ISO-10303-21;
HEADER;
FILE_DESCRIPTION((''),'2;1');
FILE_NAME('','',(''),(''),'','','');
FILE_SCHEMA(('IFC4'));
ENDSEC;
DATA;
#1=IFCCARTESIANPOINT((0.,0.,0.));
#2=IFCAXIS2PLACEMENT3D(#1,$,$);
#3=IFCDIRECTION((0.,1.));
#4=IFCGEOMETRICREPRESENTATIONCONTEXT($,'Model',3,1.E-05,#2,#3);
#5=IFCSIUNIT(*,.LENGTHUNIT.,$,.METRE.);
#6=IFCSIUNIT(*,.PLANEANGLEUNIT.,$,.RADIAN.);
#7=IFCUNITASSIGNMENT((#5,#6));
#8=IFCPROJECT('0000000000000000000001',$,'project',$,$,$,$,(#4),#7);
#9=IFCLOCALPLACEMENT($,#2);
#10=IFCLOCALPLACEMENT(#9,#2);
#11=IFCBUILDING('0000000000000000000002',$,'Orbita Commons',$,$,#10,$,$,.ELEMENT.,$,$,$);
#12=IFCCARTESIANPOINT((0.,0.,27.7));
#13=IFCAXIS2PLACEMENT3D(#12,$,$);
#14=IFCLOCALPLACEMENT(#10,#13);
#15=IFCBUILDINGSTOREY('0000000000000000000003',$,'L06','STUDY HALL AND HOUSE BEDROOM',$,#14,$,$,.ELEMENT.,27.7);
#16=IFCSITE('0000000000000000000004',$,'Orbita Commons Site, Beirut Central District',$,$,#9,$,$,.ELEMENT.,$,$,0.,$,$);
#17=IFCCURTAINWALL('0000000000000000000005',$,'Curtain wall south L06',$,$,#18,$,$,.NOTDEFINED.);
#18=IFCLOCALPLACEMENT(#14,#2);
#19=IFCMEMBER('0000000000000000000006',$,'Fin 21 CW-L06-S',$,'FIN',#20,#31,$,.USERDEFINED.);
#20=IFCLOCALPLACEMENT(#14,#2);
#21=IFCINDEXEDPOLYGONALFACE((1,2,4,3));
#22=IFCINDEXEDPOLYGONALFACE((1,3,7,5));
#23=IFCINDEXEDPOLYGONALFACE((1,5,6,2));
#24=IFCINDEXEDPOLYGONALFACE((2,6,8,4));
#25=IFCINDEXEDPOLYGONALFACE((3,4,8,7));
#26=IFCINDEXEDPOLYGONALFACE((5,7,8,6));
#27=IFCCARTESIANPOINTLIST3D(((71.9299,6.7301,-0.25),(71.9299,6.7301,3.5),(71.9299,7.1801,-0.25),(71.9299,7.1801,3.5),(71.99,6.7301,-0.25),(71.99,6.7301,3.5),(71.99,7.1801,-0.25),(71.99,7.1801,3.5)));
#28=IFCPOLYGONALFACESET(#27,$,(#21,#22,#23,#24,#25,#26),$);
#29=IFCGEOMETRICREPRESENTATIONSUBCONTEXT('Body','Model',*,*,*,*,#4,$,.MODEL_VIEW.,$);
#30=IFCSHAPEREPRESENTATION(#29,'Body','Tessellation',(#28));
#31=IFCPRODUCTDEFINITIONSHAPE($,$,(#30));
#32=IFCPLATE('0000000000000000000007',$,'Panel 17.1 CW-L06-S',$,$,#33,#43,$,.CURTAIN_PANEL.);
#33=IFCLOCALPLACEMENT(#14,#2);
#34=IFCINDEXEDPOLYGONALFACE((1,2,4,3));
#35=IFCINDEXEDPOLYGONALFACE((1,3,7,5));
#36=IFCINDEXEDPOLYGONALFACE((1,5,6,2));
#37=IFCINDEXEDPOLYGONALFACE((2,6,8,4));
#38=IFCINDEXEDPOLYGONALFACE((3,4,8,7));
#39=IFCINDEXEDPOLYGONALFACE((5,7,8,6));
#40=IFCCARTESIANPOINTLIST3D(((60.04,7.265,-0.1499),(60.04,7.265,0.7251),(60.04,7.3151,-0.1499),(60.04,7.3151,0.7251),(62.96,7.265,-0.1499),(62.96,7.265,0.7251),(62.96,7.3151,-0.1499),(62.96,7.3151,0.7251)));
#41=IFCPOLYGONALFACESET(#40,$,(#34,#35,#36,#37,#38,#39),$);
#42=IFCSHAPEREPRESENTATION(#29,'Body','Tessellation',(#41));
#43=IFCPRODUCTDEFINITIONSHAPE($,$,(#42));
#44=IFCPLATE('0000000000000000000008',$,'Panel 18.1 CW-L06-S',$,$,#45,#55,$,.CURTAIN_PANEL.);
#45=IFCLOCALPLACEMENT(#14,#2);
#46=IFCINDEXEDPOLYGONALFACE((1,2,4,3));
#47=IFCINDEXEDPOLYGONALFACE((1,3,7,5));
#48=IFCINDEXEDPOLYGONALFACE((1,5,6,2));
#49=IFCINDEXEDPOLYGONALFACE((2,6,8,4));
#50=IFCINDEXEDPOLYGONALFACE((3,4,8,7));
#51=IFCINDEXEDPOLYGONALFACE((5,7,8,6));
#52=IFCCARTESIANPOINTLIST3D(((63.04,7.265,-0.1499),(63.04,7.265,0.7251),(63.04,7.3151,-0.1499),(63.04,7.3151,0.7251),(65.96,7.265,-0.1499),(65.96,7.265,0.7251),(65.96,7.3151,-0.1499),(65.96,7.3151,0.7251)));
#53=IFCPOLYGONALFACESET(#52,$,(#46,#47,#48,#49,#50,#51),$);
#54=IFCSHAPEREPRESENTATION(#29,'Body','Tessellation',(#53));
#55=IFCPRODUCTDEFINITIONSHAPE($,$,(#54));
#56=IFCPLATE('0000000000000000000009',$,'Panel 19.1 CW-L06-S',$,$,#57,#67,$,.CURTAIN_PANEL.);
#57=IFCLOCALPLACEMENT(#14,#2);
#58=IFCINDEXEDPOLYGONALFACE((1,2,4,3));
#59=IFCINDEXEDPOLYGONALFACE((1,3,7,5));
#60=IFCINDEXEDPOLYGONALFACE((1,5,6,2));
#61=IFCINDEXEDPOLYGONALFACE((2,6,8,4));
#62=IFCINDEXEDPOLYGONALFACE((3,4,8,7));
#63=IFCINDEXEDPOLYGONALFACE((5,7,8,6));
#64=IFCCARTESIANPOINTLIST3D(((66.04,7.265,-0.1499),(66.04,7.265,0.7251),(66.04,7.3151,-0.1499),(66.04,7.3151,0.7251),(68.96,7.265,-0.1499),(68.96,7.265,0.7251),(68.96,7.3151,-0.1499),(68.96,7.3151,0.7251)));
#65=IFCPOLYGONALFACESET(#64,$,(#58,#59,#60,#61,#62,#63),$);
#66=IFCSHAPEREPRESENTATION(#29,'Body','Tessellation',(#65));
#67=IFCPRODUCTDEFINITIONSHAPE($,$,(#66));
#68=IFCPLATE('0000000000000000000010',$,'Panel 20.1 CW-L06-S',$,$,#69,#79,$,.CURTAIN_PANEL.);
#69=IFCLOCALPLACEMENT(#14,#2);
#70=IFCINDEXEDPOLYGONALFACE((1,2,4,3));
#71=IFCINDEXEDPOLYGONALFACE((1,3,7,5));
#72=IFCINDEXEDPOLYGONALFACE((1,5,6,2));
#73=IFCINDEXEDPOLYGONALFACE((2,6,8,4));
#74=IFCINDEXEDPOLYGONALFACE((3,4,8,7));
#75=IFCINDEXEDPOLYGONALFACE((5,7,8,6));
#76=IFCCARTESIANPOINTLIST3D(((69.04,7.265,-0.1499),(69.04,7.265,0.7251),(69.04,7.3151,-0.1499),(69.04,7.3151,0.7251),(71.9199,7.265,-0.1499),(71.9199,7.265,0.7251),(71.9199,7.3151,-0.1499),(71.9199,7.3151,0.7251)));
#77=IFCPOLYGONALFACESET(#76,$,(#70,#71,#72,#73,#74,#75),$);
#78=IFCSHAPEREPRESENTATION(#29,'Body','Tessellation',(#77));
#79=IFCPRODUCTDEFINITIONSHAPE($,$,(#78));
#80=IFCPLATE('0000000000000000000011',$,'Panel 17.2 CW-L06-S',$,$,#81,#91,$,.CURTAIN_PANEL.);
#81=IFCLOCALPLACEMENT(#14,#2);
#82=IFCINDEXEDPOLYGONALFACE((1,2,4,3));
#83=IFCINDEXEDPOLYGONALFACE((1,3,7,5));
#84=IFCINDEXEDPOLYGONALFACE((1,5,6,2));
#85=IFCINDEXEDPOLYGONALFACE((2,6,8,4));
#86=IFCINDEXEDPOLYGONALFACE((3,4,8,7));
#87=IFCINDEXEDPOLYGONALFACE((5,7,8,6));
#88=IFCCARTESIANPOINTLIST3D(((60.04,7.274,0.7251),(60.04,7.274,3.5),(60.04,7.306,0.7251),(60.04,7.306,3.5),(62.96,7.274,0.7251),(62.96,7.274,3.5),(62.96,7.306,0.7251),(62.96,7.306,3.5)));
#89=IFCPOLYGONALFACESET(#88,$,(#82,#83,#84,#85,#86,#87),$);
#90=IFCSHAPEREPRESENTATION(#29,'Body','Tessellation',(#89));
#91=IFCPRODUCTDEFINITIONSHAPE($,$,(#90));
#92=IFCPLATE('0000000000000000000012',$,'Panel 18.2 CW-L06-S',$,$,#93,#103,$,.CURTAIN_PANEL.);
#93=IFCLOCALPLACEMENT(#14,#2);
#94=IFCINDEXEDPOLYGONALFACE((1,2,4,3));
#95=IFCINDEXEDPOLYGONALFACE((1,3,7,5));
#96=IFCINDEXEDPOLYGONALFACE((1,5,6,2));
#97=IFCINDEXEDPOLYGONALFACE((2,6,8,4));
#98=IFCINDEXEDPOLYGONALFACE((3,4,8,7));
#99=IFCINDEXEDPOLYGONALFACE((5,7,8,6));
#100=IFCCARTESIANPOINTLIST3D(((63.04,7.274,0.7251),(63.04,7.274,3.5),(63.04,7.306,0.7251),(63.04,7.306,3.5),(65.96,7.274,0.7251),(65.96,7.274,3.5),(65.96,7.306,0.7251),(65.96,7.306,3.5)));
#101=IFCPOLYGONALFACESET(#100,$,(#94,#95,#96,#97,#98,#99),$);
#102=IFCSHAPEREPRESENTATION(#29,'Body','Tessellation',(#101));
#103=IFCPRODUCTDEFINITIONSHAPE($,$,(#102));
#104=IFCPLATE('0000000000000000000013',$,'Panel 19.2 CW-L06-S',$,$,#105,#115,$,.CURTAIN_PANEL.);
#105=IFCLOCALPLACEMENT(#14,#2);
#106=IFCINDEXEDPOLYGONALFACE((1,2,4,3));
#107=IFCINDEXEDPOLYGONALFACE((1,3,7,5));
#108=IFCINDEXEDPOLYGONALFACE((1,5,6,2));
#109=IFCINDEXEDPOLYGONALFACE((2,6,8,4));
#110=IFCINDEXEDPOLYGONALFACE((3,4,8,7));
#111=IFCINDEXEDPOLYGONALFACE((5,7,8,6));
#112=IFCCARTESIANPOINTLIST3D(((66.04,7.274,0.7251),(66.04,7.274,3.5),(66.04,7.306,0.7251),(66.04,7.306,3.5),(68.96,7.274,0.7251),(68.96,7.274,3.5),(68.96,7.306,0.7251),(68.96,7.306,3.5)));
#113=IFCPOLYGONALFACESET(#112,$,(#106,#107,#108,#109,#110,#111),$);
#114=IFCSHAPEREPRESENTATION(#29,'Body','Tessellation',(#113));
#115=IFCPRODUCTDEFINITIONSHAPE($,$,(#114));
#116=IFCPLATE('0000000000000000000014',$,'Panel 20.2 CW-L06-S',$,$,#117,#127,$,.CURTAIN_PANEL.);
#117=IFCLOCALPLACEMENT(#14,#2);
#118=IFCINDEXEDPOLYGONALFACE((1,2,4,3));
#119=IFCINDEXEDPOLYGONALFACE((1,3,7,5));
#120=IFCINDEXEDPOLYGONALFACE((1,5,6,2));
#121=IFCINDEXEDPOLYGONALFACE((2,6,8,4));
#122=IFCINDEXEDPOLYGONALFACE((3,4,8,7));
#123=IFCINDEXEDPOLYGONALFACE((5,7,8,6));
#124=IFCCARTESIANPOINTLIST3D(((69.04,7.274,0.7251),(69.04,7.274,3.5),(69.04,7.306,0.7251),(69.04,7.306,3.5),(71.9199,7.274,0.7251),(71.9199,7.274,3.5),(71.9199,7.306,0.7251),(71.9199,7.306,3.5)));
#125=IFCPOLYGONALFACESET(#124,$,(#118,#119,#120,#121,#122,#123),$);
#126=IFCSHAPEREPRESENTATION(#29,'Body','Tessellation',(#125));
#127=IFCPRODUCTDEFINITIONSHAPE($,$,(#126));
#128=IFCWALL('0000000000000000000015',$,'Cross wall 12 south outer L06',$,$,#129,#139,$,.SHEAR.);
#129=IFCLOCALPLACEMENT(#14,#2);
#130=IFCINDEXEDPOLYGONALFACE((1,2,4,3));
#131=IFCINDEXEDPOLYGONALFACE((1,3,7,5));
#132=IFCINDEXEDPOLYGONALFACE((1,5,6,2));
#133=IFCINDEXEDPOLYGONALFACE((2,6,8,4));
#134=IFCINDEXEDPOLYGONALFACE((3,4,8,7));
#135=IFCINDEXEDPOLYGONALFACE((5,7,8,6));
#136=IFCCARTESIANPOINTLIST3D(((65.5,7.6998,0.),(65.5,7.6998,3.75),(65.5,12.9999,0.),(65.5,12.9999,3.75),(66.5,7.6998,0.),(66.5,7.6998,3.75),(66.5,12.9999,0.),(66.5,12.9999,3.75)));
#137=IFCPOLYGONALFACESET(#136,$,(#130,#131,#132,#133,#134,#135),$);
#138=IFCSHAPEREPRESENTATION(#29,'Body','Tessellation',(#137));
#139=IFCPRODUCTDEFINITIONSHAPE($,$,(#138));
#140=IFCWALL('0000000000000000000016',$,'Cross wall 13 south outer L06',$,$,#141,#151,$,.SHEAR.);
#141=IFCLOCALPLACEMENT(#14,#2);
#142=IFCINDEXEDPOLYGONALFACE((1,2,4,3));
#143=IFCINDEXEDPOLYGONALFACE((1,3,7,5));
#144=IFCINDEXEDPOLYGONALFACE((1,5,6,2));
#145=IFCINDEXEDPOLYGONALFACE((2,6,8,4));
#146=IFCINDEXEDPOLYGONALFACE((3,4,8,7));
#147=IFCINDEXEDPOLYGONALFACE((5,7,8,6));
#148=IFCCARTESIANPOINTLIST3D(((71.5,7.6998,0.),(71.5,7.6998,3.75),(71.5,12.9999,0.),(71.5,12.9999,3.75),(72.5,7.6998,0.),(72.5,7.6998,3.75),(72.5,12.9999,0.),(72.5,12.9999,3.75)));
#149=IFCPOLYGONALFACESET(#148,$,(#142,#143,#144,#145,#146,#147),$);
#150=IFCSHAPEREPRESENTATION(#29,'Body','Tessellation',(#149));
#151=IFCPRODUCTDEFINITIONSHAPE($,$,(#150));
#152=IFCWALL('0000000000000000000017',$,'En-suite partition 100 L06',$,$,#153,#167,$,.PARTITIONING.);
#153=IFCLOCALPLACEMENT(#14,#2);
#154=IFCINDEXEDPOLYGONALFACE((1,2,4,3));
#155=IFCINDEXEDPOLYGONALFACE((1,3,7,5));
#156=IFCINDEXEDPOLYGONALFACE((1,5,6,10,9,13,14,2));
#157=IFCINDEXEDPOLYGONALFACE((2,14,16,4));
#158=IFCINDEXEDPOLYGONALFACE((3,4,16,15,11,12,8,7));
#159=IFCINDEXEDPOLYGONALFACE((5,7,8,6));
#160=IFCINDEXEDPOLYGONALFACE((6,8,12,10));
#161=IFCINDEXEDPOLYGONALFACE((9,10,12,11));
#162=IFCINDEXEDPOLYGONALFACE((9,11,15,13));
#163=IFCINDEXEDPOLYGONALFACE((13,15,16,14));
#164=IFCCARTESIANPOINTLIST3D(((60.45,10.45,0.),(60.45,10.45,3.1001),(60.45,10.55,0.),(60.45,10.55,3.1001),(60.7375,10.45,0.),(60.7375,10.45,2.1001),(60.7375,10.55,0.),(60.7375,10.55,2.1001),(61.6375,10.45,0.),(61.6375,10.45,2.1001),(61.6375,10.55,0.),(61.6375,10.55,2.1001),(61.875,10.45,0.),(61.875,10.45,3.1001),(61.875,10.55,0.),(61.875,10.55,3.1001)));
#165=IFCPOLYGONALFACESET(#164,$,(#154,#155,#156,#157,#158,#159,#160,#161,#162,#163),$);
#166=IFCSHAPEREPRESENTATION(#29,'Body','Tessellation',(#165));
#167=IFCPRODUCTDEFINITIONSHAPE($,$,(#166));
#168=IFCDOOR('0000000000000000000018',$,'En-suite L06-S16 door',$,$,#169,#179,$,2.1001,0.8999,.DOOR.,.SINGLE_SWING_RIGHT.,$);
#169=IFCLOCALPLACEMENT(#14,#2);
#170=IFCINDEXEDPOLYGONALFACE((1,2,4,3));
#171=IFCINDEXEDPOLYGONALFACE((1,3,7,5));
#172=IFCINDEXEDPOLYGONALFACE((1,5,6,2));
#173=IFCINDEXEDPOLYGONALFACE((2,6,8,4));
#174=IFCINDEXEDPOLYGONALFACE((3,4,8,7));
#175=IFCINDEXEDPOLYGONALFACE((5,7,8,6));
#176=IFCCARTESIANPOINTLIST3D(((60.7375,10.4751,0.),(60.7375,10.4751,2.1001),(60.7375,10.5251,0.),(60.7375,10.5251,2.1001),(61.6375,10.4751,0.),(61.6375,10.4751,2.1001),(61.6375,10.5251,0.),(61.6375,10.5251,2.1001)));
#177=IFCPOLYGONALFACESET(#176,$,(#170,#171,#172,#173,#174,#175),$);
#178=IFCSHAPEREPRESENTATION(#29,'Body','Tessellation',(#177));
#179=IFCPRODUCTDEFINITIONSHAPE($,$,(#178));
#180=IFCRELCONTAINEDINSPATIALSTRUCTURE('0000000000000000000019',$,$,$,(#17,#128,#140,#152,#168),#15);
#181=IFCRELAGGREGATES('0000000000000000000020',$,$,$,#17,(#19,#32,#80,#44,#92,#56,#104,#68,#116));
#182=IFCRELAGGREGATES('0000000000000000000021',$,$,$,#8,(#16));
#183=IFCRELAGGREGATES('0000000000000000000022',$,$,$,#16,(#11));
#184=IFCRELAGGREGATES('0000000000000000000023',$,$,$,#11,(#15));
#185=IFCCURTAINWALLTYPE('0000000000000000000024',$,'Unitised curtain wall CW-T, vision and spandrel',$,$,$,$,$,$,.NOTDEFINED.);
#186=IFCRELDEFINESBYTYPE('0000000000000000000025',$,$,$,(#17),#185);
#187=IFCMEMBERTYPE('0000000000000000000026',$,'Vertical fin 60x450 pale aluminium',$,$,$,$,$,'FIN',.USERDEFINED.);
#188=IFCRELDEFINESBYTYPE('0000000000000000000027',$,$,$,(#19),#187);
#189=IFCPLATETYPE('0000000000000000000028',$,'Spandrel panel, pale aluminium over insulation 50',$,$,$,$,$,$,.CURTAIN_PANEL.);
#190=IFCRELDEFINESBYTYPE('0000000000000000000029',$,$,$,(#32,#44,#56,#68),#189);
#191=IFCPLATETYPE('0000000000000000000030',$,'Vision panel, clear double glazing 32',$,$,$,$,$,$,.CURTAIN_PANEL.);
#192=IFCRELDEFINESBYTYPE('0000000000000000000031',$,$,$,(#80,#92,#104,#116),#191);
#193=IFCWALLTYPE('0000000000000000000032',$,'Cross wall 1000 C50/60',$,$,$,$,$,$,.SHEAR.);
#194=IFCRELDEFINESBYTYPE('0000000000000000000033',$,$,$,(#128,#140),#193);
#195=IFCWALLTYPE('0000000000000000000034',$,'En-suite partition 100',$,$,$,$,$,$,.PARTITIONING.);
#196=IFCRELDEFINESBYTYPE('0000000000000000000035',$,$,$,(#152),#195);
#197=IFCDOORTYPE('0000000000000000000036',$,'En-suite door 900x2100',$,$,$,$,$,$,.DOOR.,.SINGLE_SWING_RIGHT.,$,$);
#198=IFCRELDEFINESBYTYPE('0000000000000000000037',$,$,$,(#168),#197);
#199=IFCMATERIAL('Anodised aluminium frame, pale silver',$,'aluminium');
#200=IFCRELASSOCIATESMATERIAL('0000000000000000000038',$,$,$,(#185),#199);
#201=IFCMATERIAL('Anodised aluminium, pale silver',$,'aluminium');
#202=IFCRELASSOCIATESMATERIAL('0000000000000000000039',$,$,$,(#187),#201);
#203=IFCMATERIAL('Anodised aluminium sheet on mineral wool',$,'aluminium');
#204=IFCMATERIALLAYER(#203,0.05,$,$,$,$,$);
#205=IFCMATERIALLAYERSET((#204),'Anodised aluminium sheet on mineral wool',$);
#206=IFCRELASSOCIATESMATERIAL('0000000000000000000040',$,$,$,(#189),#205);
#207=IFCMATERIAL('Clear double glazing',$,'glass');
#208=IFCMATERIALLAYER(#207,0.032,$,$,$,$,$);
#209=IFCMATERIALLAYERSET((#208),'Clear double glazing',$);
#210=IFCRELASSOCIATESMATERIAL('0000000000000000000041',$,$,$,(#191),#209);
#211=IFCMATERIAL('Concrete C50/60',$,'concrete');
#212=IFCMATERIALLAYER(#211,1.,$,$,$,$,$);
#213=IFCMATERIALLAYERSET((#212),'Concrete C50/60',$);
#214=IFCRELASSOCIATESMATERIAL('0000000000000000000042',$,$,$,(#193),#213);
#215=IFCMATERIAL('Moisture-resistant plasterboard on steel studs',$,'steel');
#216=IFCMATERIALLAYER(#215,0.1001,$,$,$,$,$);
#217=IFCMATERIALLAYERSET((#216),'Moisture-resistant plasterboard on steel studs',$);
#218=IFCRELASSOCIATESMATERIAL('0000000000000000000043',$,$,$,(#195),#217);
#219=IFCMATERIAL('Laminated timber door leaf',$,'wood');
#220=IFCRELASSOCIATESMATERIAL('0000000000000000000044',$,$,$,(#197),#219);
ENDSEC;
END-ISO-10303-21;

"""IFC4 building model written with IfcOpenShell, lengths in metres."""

from ifc_helpers import new_model, si_unit, direction, frame, frame_2d, origin, origin_2d, place, context, subcontext, project, spatial, polyline, rectangle, outline, extrude, material, layer, layer_set, material_profile, profile_set, type_object, element, fill, aggregate, save


model = new_model("IFC4")

# Units and contexts
model_context = context("Model", 3, precision=1e-05, world=origin(), true_north=direction((0.0, 1.0)))
body_context = subcontext(model_context, "Body", "Model", "MODEL_VIEW")
ifc_project = project(units=[si_unit("LENGTHUNIT", "METRE"), si_unit("PLANEANGLEUNIT", "RADIAN")], contexts=[model_context])

# Site, building, storey
site_placement = place(None, origin())
site = spatial("IfcSite", under=ifc_project, at=site_placement, Name="Orbita Commons Site, Beirut Central District", CompositionType="ELEMENT", RefElevation=0.0)
building_placement = place(site_placement, origin())
building = spatial("IfcBuilding", under=site, at=building_placement, Name="Orbita Commons", CompositionType="ELEMENT")
storey_placement = place(building_placement, frame((0.0, 0.0, 27.7)))
storey = spatial("IfcBuildingStorey", under=building, at=storey_placement, Name="L06", Description="STUDY HALL AND HOUSE BEDROOM", CompositionType="ELEMENT", Elevation=27.7)

# Curtain wall
ifc_material_1 = material(Name="Anodised aluminium frame, pale silver", Category="aluminium")
curtain_wall_type = type_object("IfcCurtainWallType", Name="Unitised curtain wall CW-T, vision and spandrel", PredefinedType="NOTDEFINED", material=ifc_material_1)
curtain_wall_placement = place(storey_placement, origin())
curtain_wall = element("IfcCurtainWall", 1, at=curtain_wall_placement, inside=storey, type_object=curtain_wall_type, Name="Curtain wall south L06", PredefinedType="NOTDEFINED")

# Member
ifc_material_2 = material(Name="Anodised aluminium, pale silver", Category="aluminium")
ifc_material_profile_1 = material_profile(ifc_material_2, rectangle(XDim=0.0601, YDim=0.45, at=origin_2d()), Name="FIN 60x450")
ifc_profile_set_1 = profile_set([ifc_material_profile_1], Name="Anodised aluminium, pale silver")
member_type_1 = type_object("IfcMemberType", Name="Vertical fin 60x450 pale aluminium", ElementType="FIN", PredefinedType="USERDEFINED", material=ifc_profile_set_1)
member_1_placement = place(storey_placement, frame((71.96, 6.9551, -0.25), z_axis=(0.0, 0.0, 1.0), x_axis=(1.0, 0.0, 0.0)))
member_1 = element("IfcMember", 2, at=member_1_placement, type_object=member_type_1, Name="Fin 21 CW-L06-S", ObjectType="FIN", PredefinedType="USERDEFINED", context=body_context, shape_type="SweptSolid", body=[
    extrude(rectangle(XDim=0.0601, YDim=0.45, at=origin_2d()), origin(), (0.0, 0.0, 1.0), 3.75),
])

# Plates
ifc_material_3 = material(Name="Anodised aluminium sheet on mineral wool", Category="aluminium")
ifc_layer_1 = layer(ifc_material_3, 0.05)
ifc_layer_set_1 = layer_set([ifc_layer_1], Name="Anodised aluminium sheet on mineral wool")
plate_type_1 = type_object("IfcPlateType", Name="Spandrel panel, pale aluminium over insulation 50", PredefinedType="CURTAIN_PANEL", material=ifc_layer_set_1)
plate_1_placement = place(storey_placement, frame((61.5, 7.29, -0.1499), z_axis=(0.0, 0.0, 1.0), x_axis=(1.0, 0.0, 0.0)))
plate_1 = element("IfcPlate", 3, at=plate_1_placement, type_object=plate_type_1, Name="Panel 17.1 CW-L06-S", PredefinedType="CURTAIN_PANEL", context=body_context, shape_type="SweptSolid", body=[
    extrude(rectangle(XDim=2.9199, YDim=0.05, at=origin_2d()), origin(), (0.0, 0.0, 1.0), 0.875),
])
plate_2_placement = place(storey_placement, frame((64.5, 7.29, -0.1499), z_axis=(0.0, 0.0, 1.0), x_axis=(1.0, 0.0, 0.0)))
plate_2 = element("IfcPlate", 4, at=plate_2_placement, type_object=plate_type_1, Name="Panel 18.1 CW-L06-S", PredefinedType="CURTAIN_PANEL", context=body_context, shape_type="SweptSolid", body=[
    extrude(rectangle(XDim=2.9199, YDim=0.05, at=origin_2d()), origin(), (0.0, 0.0, 1.0), 0.875),
])
plate_3_placement = place(storey_placement, frame((67.5, 7.29, -0.1499), z_axis=(0.0, 0.0, 1.0), x_axis=(1.0, 0.0, 0.0)))
plate_3 = element("IfcPlate", 5, at=plate_3_placement, type_object=plate_type_1, Name="Panel 19.1 CW-L06-S", PredefinedType="CURTAIN_PANEL", context=body_context, shape_type="SweptSolid", body=[
    extrude(rectangle(XDim=2.9199, YDim=0.05, at=origin_2d()), origin(), (0.0, 0.0, 1.0), 0.875),
])
plate_4_placement = place(storey_placement, frame((70.48, 7.29, -0.1499), z_axis=(0.0, 0.0, 1.0), x_axis=(1.0, 0.0, 0.0)))
plate_4 = element("IfcPlate", 6, at=plate_4_placement, type_object=plate_type_1, Name="Panel 20.1 CW-L06-S", PredefinedType="CURTAIN_PANEL", context=body_context, shape_type="SweptSolid", body=[
    extrude(rectangle(XDim=2.8799, YDim=0.05, at=origin_2d()), origin(), (0.0, 0.0, 1.0), 0.875),
])
ifc_material_4 = material(Name="Clear double glazing", Category="glass")
ifc_layer_2 = layer(ifc_material_4, 0.032)
ifc_layer_set_2 = layer_set([ifc_layer_2], Name="Clear double glazing")
plate_type_2 = type_object("IfcPlateType", Name="Vision panel, clear double glazing 32", PredefinedType="CURTAIN_PANEL", material=ifc_layer_set_2)
plate_5_placement = place(storey_placement, frame((61.5, 7.29, 0.7251), z_axis=(0.0, 0.0, 1.0), x_axis=(1.0, 0.0, 0.0)))
plate_5 = element("IfcPlate", 7, at=plate_5_placement, type_object=plate_type_2, Name="Panel 17.2 CW-L06-S", PredefinedType="CURTAIN_PANEL", context=body_context, shape_type="SweptSolid", body=[
    extrude(rectangle(XDim=2.9199, YDim=0.032, at=origin_2d()), origin(), (0.0, 0.0, 1.0), 2.7749),
])
plate_6_placement = place(storey_placement, frame((64.5, 7.29, 0.7251), z_axis=(0.0, 0.0, 1.0), x_axis=(1.0, 0.0, 0.0)))
plate_6 = element("IfcPlate", 8, at=plate_6_placement, type_object=plate_type_2, Name="Panel 18.2 CW-L06-S", PredefinedType="CURTAIN_PANEL", context=body_context, shape_type="SweptSolid", body=[
    extrude(rectangle(XDim=2.9199, YDim=0.032, at=origin_2d()), origin(), (0.0, 0.0, 1.0), 2.7749),
])
plate_7_placement = place(storey_placement, frame((67.5, 7.29, 0.7251), z_axis=(0.0, 0.0, 1.0), x_axis=(1.0, 0.0, 0.0)))
plate_7 = element("IfcPlate", 9, at=plate_7_placement, type_object=plate_type_2, Name="Panel 19.2 CW-L06-S", PredefinedType="CURTAIN_PANEL", context=body_context, shape_type="SweptSolid", body=[
    extrude(rectangle(XDim=2.9199, YDim=0.032, at=origin_2d()), origin(), (0.0, 0.0, 1.0), 2.7749),
])
plate_8_placement = place(storey_placement, frame((70.48, 7.29, 0.7251), z_axis=(0.0, 0.0, 1.0), x_axis=(1.0, 0.0, 0.0)))
plate_8 = element("IfcPlate", 10, at=plate_8_placement, type_object=plate_type_2, Name="Panel 20.2 CW-L06-S", PredefinedType="CURTAIN_PANEL", context=body_context, shape_type="SweptSolid", body=[
    extrude(rectangle(XDim=2.8799, YDim=0.032, at=origin_2d()), origin(), (0.0, 0.0, 1.0), 2.7749),
])
aggregate(curtain_wall, [member_1, plate_1, plate_5, plate_2, plate_6, plate_3, plate_7, plate_4, plate_8])

# Walls
ifc_material_5 = material(Name="Concrete C50/60", Category="concrete")
ifc_layer_3 = layer(ifc_material_5, 1.0)
ifc_layer_set_3 = layer_set([ifc_layer_3], Name="Concrete C50/60")
wall_type_1 = type_object("IfcWallType", Name="Cross wall 1000 C50/60", PredefinedType="SHEAR", material=ifc_layer_set_3)
for number, where, z_axis, x_axis, name in (
    (11, (66.0, 7.7, 0.0), (0.0, 0.0, 1.0), (0.0, 1.0, 0.0), "Cross wall 12 south outer L06"),
    (12, (72.0, 7.7, 0.0), (0.0, 0.0, 1.0), (0.0, 1.0, 0.0), "Cross wall 13 south outer L06"),
):
    element("IfcWall", number, at=place(storey_placement, frame(where, z_axis=z_axis, x_axis=x_axis)), inside=storey, type_object=wall_type_1, Name=name, PredefinedType="SHEAR", context=body_context, shape_type="SweptSolid", body=[
        extrude(rectangle(XDim=5.3, YDim=1.0, at=frame_2d((2.6499, 0.0))), origin(), (0.0, 0.0, 1.0), 3.75),
    ])

# Wall, opening, door
ifc_material_6 = material(Name="Moisture-resistant plasterboard on steel studs", Category="steel")
ifc_layer_4 = layer(ifc_material_6, 0.1001)
ifc_layer_set_4 = layer_set([ifc_layer_4], Name="Moisture-resistant plasterboard on steel studs")
wall_type_2 = type_object("IfcWallType", Name="En-suite partition 100", PredefinedType="PARTITIONING", material=ifc_layer_set_4)
wall_1_placement = place(storey_placement, frame((61.875, 10.5, 0.0), z_axis=(0.0, 0.0, 1.0), x_axis=(-1.0, 0.0, 0.0)))
wall_1 = element("IfcWall", 13, at=wall_1_placement, inside=storey, type_object=wall_type_2, Name="En-suite partition 100 L06", PredefinedType="PARTITIONING", context=body_context, shape_type="SweptSolid", body=[
    extrude(outline(polyline([(0.0, 0.0), (1.425, 0.0), (1.425, 3.1001), (0.0, 3.1001), (0.0, 0.0)])), frame((0.0, 0.05, 0.0), z_axis=(0.0, -1.0, 0.0), x_axis=(1.0, 0.0, 0.0)), (0.0, 0.0, 1.0), 0.1001),
])
opening_1_placement = place(wall_1_placement, frame((0.2375, 0.0, 0.0)))
opening_1 = element("IfcOpeningElement", 14, at=opening_1_placement, cuts=wall_1, PredefinedType="OPENING", context=body_context, shape_type="SweptSolid", body=[
    extrude(rectangle(XDim=0.8999, YDim=2.1001, at=frame_2d((0.45, 1.05))), frame((0.0, 0.0601, 0.0), z_axis=(0.0, -1.0, 0.0), x_axis=(1.0, 0.0, 0.0)), (0.0, 0.0, 1.0), 0.1201),
])
ifc_material_7 = material(Name="Laminated timber door leaf", Category="wood")
door_type = type_object("IfcDoorType", Name="En-suite door 900x2100", OperationType="SINGLE_SWING_RIGHT", PredefinedType="DOOR", material=ifc_material_7)
door_placement = place(opening_1_placement, origin())
door = element("IfcDoor", 15, at=door_placement, inside=storey, type_object=door_type, Name="En-suite L06-S16 door", OperationType="SINGLE_SWING_RIGHT", OverallHeight=2.1001, OverallWidth=0.8999, PredefinedType="DOOR", context=body_context, shape_type="SweptSolid", body=[
    extrude(rectangle(XDim=0.8999, YDim=2.1001, at=frame_2d((0.45, 1.05))), frame((0.0, 0.0249, 0.0), z_axis=(0.0, -1.0, 0.0), x_axis=(1.0, 0.0, 0.0)), (0.0, 0.0, 1.0), 0.05),
])
fill(opening_1, door)

save(model, "model.ifc")
